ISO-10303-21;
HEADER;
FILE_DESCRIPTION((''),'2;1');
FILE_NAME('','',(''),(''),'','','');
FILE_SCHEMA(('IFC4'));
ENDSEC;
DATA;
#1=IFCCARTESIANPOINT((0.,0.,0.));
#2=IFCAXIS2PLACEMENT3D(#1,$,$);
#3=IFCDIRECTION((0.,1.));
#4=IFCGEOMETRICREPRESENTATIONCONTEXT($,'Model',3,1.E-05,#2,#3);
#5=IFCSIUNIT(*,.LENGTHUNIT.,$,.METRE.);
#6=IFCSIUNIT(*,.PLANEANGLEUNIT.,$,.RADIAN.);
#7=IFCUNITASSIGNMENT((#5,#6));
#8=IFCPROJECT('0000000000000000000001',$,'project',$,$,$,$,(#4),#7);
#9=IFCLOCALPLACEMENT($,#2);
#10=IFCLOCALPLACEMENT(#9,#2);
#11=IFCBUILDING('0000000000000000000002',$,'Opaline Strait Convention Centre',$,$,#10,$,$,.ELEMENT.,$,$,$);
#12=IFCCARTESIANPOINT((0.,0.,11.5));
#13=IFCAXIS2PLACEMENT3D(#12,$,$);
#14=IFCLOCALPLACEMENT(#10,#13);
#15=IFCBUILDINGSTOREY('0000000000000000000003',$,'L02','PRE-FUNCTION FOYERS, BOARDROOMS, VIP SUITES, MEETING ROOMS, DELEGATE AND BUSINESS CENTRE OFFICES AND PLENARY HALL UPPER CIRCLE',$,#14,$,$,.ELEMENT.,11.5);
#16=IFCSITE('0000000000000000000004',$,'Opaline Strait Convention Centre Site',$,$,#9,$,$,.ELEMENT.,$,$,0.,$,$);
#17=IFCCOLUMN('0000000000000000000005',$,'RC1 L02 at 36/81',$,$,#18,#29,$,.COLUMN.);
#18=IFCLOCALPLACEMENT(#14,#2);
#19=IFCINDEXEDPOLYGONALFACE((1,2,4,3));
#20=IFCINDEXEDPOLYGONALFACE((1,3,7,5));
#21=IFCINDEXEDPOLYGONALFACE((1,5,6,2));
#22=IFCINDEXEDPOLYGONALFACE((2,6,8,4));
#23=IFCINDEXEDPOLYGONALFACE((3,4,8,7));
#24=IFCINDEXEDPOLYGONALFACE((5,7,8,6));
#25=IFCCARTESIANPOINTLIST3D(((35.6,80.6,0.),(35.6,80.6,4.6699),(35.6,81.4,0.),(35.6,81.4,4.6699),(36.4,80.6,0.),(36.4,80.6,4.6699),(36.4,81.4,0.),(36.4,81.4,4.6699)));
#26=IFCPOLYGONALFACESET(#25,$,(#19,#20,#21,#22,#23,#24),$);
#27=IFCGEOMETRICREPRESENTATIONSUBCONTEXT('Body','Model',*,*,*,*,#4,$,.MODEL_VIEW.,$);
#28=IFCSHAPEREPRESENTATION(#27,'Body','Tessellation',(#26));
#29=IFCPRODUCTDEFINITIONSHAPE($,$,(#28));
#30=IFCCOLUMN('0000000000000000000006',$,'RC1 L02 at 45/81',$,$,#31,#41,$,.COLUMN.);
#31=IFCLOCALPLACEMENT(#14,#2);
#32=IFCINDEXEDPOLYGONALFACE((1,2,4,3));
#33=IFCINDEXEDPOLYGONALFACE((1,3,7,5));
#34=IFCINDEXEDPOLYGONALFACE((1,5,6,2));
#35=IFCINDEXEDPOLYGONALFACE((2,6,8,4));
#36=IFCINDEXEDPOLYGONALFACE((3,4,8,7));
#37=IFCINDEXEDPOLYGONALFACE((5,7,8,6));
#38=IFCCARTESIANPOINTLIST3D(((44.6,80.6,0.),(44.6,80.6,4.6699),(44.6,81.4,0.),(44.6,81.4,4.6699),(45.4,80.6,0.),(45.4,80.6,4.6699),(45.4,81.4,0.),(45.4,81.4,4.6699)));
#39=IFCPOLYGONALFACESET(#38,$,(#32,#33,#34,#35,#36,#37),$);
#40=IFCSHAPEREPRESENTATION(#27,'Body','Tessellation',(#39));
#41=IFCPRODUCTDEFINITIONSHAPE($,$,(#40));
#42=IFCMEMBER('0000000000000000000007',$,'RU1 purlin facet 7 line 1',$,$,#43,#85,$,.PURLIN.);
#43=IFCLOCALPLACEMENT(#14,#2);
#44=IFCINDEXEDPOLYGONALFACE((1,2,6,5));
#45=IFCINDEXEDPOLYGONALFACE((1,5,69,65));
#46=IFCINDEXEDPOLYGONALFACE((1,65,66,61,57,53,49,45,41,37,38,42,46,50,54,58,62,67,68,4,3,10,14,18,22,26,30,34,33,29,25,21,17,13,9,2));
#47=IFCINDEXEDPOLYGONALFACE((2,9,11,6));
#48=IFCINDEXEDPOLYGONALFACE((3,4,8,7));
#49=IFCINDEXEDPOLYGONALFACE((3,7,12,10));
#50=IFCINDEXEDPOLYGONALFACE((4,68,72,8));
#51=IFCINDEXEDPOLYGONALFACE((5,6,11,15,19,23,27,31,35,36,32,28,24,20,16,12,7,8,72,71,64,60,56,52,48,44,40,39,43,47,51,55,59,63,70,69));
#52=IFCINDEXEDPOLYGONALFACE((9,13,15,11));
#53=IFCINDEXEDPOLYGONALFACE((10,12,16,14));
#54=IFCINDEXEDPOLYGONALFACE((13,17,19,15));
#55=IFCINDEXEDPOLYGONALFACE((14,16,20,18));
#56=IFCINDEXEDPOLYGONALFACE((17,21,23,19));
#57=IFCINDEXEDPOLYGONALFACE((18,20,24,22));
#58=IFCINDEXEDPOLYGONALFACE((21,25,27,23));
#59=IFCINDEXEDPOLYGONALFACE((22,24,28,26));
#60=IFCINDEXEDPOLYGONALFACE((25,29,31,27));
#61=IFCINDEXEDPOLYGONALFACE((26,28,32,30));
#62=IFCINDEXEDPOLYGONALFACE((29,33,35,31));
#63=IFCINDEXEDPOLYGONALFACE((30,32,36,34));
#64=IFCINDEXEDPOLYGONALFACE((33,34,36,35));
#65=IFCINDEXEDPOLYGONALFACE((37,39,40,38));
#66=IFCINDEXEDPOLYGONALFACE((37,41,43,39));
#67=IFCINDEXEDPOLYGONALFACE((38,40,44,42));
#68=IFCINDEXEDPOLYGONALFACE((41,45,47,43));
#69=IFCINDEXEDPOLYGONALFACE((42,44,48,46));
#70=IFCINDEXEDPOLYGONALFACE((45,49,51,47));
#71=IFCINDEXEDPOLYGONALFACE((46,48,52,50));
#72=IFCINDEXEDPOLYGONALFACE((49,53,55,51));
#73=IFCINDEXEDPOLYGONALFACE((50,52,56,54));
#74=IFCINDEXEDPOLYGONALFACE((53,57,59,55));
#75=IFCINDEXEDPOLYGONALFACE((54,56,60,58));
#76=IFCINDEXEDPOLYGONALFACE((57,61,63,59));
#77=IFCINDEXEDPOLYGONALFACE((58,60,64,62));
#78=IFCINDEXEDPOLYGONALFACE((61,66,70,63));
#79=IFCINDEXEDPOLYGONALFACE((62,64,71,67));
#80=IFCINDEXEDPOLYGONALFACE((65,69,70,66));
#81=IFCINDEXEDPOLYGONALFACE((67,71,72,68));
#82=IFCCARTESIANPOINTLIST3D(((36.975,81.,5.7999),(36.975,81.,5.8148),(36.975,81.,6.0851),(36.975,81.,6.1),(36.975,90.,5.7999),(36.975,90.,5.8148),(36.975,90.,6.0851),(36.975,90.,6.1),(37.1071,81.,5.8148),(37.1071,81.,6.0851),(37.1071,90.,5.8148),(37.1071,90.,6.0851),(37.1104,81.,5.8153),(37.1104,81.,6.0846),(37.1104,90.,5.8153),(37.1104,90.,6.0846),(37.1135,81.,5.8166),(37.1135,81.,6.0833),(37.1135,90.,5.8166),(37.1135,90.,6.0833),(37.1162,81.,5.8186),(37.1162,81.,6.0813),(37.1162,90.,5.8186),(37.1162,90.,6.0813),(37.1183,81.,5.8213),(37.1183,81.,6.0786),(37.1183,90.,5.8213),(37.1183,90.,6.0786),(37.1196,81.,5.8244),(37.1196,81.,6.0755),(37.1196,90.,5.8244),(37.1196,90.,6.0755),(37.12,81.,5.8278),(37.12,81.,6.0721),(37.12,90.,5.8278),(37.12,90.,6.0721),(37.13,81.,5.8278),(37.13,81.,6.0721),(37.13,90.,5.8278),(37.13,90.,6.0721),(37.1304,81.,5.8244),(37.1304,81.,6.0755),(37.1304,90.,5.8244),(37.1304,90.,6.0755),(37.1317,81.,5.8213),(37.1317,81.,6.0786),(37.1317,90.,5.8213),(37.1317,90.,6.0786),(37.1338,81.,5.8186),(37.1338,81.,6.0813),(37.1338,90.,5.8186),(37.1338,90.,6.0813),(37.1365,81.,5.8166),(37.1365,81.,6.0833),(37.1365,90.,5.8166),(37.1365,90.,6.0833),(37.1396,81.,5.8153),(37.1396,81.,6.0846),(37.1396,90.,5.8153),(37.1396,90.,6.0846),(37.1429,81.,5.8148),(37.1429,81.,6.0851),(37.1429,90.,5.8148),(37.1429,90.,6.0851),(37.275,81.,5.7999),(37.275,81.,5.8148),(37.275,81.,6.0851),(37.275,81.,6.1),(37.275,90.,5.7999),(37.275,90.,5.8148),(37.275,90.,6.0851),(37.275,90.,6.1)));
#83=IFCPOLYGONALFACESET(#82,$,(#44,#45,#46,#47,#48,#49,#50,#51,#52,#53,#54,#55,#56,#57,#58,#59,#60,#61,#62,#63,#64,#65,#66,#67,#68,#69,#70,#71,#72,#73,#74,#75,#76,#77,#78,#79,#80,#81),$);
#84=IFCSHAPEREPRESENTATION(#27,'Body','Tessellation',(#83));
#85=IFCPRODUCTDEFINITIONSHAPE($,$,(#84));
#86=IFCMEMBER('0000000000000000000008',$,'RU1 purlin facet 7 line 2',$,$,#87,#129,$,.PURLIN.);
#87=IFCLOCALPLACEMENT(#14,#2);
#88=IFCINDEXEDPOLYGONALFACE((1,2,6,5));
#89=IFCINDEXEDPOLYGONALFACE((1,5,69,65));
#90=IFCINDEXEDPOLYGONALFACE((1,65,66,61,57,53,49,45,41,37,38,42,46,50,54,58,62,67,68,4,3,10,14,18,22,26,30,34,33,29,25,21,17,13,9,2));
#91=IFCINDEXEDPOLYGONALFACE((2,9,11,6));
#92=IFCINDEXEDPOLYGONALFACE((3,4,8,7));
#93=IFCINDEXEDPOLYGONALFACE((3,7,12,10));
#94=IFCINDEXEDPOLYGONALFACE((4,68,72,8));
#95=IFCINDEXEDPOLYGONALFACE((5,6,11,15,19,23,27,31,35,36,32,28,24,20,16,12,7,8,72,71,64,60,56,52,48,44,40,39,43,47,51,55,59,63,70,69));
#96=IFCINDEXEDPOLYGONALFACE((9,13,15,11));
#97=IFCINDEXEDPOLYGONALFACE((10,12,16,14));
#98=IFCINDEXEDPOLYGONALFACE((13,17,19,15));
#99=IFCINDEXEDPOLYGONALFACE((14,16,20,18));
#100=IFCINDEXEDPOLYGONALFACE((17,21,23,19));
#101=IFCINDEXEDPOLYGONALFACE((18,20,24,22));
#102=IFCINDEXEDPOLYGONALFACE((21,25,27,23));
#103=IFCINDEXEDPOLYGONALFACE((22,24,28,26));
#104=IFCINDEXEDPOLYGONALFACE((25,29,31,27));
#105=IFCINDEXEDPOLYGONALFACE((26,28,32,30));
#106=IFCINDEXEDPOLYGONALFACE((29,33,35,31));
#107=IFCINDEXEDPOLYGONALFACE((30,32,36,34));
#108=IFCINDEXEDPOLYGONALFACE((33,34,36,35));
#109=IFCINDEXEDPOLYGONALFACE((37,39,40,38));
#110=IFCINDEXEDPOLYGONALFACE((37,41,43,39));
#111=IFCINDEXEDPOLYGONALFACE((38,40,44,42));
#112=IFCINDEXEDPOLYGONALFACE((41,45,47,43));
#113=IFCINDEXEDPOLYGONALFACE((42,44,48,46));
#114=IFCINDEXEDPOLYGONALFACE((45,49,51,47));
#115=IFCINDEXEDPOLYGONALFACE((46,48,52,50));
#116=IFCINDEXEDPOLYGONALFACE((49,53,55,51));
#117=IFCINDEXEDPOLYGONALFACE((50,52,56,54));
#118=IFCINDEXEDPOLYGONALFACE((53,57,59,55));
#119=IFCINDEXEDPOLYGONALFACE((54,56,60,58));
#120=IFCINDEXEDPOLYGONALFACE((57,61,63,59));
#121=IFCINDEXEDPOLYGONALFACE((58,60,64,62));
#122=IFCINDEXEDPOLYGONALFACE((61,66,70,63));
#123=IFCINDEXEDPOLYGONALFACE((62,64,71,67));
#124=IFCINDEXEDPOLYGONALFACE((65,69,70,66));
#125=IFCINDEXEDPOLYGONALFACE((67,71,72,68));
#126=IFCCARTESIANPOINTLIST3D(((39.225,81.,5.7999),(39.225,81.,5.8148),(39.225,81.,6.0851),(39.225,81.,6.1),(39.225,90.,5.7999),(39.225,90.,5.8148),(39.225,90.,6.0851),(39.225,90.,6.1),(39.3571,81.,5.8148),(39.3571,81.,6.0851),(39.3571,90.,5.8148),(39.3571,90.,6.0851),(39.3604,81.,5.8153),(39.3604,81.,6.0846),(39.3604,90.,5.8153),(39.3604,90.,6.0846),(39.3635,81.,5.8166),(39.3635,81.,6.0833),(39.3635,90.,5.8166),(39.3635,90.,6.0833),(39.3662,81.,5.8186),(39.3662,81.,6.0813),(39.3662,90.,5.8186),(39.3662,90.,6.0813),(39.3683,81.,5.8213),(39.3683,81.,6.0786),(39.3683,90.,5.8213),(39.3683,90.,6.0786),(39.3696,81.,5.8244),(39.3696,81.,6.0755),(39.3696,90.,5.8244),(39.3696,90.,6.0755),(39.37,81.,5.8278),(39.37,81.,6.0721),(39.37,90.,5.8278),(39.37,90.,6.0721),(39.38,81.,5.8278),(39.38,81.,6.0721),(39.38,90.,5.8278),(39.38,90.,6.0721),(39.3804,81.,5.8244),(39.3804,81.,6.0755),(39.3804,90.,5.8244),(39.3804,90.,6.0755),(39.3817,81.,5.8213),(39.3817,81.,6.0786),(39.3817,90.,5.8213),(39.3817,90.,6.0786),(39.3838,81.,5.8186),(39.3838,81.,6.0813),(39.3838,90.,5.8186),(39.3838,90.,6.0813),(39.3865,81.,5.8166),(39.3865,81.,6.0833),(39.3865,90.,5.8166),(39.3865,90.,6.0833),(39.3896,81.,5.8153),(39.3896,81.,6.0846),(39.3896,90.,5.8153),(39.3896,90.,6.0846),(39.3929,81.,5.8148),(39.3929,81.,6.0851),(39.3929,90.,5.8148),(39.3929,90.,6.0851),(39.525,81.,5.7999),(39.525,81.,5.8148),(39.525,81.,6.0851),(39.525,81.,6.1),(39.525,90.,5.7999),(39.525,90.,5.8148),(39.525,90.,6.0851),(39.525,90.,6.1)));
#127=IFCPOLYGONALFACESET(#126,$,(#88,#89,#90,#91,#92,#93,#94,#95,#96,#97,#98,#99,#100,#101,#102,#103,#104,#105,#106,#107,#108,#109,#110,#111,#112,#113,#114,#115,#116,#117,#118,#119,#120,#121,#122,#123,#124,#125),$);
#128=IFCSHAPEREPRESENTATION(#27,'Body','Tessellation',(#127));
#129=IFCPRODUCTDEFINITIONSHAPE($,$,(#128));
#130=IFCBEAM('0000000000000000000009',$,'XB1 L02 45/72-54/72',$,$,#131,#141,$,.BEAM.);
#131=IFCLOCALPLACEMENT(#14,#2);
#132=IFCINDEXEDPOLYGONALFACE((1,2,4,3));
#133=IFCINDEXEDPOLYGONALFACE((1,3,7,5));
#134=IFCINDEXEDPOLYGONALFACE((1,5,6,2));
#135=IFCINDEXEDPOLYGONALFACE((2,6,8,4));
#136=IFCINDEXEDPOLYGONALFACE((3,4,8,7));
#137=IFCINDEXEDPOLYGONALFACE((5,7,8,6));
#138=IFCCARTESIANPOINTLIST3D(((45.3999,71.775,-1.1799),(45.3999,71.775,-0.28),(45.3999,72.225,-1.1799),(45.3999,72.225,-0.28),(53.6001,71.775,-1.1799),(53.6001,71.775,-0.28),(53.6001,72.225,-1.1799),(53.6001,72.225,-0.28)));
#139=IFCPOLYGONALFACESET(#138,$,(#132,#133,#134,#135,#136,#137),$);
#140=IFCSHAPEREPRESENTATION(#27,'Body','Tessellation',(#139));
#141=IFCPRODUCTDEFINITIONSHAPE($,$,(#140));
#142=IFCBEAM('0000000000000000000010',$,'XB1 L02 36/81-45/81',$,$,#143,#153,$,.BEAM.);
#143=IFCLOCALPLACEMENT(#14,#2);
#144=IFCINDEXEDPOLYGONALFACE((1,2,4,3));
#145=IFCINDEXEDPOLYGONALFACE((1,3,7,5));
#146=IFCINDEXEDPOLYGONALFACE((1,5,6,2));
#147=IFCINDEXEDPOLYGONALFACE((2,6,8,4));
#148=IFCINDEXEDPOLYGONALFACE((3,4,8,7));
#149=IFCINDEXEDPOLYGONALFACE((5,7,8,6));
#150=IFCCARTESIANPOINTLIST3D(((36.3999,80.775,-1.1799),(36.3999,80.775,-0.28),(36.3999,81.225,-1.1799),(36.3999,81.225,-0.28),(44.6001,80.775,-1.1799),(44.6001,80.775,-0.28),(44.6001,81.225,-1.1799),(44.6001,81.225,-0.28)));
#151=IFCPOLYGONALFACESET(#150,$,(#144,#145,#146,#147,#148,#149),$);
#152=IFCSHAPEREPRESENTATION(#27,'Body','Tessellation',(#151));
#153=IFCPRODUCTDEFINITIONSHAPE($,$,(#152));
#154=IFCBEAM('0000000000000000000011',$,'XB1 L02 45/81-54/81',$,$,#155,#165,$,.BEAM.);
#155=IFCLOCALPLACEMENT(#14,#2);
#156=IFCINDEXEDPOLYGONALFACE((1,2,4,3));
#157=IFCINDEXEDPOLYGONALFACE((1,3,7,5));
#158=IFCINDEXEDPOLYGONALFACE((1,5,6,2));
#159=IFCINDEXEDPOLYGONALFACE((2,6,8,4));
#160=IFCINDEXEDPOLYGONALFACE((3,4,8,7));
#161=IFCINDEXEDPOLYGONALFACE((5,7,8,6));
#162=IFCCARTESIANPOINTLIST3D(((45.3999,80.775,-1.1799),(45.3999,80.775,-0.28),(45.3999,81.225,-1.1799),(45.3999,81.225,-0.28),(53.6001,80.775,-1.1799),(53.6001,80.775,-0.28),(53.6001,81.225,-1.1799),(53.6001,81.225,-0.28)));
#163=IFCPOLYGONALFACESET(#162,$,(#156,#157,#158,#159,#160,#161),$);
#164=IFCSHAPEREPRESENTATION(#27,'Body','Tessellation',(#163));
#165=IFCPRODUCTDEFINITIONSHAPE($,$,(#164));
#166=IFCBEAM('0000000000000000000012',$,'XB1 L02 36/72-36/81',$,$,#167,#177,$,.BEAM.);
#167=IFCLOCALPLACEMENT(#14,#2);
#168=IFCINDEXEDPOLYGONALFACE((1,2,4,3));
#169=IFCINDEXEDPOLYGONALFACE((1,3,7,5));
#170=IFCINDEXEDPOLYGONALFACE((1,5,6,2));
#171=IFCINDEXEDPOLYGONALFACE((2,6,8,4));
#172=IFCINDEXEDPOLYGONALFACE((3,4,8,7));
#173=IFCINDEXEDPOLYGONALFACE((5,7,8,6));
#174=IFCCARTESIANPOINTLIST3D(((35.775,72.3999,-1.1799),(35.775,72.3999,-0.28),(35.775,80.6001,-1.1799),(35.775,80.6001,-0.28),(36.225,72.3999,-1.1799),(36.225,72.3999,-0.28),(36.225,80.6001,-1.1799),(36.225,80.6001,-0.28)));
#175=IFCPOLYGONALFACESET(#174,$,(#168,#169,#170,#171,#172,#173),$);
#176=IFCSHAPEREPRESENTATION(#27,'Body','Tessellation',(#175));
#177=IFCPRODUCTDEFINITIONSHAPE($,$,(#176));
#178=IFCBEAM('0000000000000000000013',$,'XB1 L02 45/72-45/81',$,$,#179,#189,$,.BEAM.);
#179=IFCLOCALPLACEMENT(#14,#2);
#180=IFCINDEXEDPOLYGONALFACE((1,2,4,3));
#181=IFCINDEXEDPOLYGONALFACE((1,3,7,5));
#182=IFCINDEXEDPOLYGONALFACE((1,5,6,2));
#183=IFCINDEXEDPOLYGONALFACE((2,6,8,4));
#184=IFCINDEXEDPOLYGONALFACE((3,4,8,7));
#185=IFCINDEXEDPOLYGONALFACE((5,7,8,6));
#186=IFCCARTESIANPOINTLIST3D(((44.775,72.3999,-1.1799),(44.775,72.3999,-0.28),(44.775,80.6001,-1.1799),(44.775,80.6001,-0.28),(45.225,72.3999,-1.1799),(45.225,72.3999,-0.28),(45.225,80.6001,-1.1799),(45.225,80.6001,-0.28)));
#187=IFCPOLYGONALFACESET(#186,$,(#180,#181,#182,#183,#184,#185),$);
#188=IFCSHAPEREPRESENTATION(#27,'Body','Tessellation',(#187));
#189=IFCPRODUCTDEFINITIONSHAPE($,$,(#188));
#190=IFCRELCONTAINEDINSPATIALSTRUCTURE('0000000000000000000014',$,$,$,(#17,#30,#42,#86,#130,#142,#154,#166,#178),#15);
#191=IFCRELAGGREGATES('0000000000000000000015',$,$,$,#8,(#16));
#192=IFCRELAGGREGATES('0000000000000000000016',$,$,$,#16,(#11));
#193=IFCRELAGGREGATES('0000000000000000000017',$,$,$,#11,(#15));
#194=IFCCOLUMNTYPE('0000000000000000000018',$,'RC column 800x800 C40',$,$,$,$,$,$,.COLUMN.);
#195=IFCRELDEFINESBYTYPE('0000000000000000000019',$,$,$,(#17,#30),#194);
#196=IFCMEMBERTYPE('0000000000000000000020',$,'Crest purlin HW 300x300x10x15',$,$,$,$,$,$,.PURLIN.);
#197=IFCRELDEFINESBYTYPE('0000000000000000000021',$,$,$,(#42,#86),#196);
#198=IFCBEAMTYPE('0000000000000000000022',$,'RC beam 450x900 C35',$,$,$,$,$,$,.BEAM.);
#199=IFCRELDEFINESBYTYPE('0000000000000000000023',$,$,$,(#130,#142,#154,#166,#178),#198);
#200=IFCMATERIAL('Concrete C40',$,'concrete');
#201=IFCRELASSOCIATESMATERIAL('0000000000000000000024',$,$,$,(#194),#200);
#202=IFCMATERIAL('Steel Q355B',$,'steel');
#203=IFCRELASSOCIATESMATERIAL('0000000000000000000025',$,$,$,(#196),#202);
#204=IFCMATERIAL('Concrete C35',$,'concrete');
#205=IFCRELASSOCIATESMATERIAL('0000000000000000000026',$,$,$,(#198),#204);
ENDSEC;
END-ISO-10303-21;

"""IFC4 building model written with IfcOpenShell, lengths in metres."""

from ifc_helpers import new_model, si_unit, direction, frame, origin, origin_2d, place, context, subcontext, project, spatial, rectangle, i_section, extrude, material, material_profile, profile_set, type_object, element, save


model = new_model("IFC4")

# Units and contexts
model_context = context("Model", 3, precision=1e-05, world=origin(), true_north=direction((0.0, 1.0)))
body_context = subcontext(model_context, "Body", "Model", "MODEL_VIEW")
ifc_project = project(units=[si_unit("LENGTHUNIT", "METRE"), si_unit("PLANEANGLEUNIT", "RADIAN")], contexts=[model_context])

# Site, building, storey
site_placement = place(None, origin())
site = spatial("IfcSite", under=ifc_project, at=site_placement, Name="Opaline Strait Convention Centre Site", CompositionType="ELEMENT", RefElevation=0.0)
building_placement = place(site_placement, origin())
building = spatial("IfcBuilding", under=site, at=building_placement, Name="Opaline Strait Convention Centre", CompositionType="ELEMENT")
storey_placement = place(building_placement, frame((0.0, 0.0, 11.5)))
storey = spatial("IfcBuildingStorey", under=building, at=storey_placement, Name="L02", Description="PRE-FUNCTION FOYERS, BOARDROOMS, VIP SUITES, MEETING ROOMS, DELEGATE AND BUSINESS CENTRE OFFICES AND PLENARY HALL UPPER CIRCLE", CompositionType="ELEMENT", Elevation=11.5)

# Columns
ifc_material_1 = material(Name="Concrete C40", Category="concrete")
ifc_material_profile_1 = material_profile(ifc_material_1, rectangle(XDim=0.8, YDim=0.8, at=origin_2d()), Name="RC 800x800")
ifc_profile_set_1 = profile_set([ifc_material_profile_1], Name="Concrete C40")
column_type = type_object("IfcColumnType", Name="RC column 800x800 C40", PredefinedType="COLUMN", material=ifc_profile_set_1)
for number, where, z_axis, x_axis, name in (
    (1, (36.0, 81.0, 0.0), (0.0, 0.0, 1.0), (1.0, 0.0, 0.0), "RC1 L02 at 36/81"),
    (2, (45.0, 81.0, 0.0), (0.0, 0.0, 1.0), (1.0, 0.0, 0.0), "RC1 L02 at 45/81"),
):
    element("IfcColumn", number, at=place(storey_placement, frame(where, z_axis=z_axis, x_axis=x_axis)), inside=storey, type_object=column_type, Name=name, PredefinedType="COLUMN", context=body_context, shape_type="SweptSolid", body=[
        extrude(rectangle(XDim=0.8, YDim=0.8, at=origin_2d()), origin(), (0.0, 0.0, 1.0), 4.6699),
    ])

# Members
ifc_material_2 = material(Name="Steel Q355B", Category="steel")
ifc_material_profile_2 = material_profile(ifc_material_2, i_section(OverallWidth=0.3, OverallDepth=0.3, WebThickness=0.01, FlangeThickness=0.0149, FilletRadius=0.0129, at=origin_2d()), Name="HW 300x300x10x15")
ifc_profile_set_2 = profile_set([ifc_material_profile_2], Name="Steel Q355B")
member_type_1 = type_object("IfcMemberType", Name="Crest purlin HW 300x300x10x15", PredefinedType="PURLIN", material=ifc_profile_set_2)
for number, where, z_axis, x_axis, name in (
    (3, (37.125, 81.0, 5.95), (0.0, 1.0, 0.0), (-1.0, 0.0, 0.0), "RU1 purlin facet 7 line 1"),
    (4, (39.375, 81.0, 5.95), (0.0, 1.0, 0.0), (-1.0, 0.0, 0.0), "RU1 purlin facet 7 line 2"),
):
    element("IfcMember", number, at=place(storey_placement, frame(where, z_axis=z_axis, x_axis=x_axis)), inside=storey, type_object=member_type_1, Name=name, PredefinedType="PURLIN", context=body_context, shape_type="SweptSolid", body=[
        extrude(i_section(OverallWidth=0.3, OverallDepth=0.3, WebThickness=0.01, FlangeThickness=0.0149, FilletRadius=0.0129, at=origin_2d()), origin(), (0.0, 0.0, 1.0), 9.0),
    ])

# Beams
ifc_material_3 = material(Name="Concrete C35", Category="concrete")
ifc_material_profile_3 = material_profile(ifc_material_3, rectangle(XDim=0.45, YDim=0.8999, at=origin_2d()), Name="RC 450x900")
ifc_profile_set_3 = profile_set([ifc_material_profile_3], Name="Concrete C35")
beam_type = type_object("IfcBeamType", Name="RC beam 450x900 C35", PredefinedType="BEAM", material=ifc_profile_set_3)
for number, where, z_axis, x_axis, name in (
    (5, (45.3999, 72.0, -0.73), (1.0, 0.0, 0.0), (0.0, 1.0, 0.0), "XB1 L02 45/72-54/72"),
    (6, (36.3999, 81.0, -0.73), (1.0, 0.0, 0.0), (0.0, 1.0, 0.0), "XB1 L02 36/81-45/81"),
    (7, (45.3999, 81.0, -0.73), (1.0, 0.0, 0.0), (0.0, 1.0, 0.0), "XB1 L02 45/81-54/81"),
    (8, (36.0, 72.3999, -0.73), (0.0, 1.0, 0.0), (-1.0, 0.0, 0.0), "XB1 L02 36/72-36/81"),
    (9, (45.0, 72.3999, -0.73), (0.0, 1.0, 0.0), (-1.0, 0.0, 0.0), "XB1 L02 45/72-45/81"),
):
    element("IfcBeam", number, at=place(storey_placement, frame(where, z_axis=z_axis, x_axis=x_axis)), inside=storey, type_object=beam_type, Name=name, PredefinedType="BEAM", context=body_context, shape_type="SweptSolid", body=[
        extrude(rectangle(XDim=0.45, YDim=0.8999, at=origin_2d()), origin(), (0.0, 0.0, 1.0), 8.2002),
    ])

save(model, "model.ifc")
